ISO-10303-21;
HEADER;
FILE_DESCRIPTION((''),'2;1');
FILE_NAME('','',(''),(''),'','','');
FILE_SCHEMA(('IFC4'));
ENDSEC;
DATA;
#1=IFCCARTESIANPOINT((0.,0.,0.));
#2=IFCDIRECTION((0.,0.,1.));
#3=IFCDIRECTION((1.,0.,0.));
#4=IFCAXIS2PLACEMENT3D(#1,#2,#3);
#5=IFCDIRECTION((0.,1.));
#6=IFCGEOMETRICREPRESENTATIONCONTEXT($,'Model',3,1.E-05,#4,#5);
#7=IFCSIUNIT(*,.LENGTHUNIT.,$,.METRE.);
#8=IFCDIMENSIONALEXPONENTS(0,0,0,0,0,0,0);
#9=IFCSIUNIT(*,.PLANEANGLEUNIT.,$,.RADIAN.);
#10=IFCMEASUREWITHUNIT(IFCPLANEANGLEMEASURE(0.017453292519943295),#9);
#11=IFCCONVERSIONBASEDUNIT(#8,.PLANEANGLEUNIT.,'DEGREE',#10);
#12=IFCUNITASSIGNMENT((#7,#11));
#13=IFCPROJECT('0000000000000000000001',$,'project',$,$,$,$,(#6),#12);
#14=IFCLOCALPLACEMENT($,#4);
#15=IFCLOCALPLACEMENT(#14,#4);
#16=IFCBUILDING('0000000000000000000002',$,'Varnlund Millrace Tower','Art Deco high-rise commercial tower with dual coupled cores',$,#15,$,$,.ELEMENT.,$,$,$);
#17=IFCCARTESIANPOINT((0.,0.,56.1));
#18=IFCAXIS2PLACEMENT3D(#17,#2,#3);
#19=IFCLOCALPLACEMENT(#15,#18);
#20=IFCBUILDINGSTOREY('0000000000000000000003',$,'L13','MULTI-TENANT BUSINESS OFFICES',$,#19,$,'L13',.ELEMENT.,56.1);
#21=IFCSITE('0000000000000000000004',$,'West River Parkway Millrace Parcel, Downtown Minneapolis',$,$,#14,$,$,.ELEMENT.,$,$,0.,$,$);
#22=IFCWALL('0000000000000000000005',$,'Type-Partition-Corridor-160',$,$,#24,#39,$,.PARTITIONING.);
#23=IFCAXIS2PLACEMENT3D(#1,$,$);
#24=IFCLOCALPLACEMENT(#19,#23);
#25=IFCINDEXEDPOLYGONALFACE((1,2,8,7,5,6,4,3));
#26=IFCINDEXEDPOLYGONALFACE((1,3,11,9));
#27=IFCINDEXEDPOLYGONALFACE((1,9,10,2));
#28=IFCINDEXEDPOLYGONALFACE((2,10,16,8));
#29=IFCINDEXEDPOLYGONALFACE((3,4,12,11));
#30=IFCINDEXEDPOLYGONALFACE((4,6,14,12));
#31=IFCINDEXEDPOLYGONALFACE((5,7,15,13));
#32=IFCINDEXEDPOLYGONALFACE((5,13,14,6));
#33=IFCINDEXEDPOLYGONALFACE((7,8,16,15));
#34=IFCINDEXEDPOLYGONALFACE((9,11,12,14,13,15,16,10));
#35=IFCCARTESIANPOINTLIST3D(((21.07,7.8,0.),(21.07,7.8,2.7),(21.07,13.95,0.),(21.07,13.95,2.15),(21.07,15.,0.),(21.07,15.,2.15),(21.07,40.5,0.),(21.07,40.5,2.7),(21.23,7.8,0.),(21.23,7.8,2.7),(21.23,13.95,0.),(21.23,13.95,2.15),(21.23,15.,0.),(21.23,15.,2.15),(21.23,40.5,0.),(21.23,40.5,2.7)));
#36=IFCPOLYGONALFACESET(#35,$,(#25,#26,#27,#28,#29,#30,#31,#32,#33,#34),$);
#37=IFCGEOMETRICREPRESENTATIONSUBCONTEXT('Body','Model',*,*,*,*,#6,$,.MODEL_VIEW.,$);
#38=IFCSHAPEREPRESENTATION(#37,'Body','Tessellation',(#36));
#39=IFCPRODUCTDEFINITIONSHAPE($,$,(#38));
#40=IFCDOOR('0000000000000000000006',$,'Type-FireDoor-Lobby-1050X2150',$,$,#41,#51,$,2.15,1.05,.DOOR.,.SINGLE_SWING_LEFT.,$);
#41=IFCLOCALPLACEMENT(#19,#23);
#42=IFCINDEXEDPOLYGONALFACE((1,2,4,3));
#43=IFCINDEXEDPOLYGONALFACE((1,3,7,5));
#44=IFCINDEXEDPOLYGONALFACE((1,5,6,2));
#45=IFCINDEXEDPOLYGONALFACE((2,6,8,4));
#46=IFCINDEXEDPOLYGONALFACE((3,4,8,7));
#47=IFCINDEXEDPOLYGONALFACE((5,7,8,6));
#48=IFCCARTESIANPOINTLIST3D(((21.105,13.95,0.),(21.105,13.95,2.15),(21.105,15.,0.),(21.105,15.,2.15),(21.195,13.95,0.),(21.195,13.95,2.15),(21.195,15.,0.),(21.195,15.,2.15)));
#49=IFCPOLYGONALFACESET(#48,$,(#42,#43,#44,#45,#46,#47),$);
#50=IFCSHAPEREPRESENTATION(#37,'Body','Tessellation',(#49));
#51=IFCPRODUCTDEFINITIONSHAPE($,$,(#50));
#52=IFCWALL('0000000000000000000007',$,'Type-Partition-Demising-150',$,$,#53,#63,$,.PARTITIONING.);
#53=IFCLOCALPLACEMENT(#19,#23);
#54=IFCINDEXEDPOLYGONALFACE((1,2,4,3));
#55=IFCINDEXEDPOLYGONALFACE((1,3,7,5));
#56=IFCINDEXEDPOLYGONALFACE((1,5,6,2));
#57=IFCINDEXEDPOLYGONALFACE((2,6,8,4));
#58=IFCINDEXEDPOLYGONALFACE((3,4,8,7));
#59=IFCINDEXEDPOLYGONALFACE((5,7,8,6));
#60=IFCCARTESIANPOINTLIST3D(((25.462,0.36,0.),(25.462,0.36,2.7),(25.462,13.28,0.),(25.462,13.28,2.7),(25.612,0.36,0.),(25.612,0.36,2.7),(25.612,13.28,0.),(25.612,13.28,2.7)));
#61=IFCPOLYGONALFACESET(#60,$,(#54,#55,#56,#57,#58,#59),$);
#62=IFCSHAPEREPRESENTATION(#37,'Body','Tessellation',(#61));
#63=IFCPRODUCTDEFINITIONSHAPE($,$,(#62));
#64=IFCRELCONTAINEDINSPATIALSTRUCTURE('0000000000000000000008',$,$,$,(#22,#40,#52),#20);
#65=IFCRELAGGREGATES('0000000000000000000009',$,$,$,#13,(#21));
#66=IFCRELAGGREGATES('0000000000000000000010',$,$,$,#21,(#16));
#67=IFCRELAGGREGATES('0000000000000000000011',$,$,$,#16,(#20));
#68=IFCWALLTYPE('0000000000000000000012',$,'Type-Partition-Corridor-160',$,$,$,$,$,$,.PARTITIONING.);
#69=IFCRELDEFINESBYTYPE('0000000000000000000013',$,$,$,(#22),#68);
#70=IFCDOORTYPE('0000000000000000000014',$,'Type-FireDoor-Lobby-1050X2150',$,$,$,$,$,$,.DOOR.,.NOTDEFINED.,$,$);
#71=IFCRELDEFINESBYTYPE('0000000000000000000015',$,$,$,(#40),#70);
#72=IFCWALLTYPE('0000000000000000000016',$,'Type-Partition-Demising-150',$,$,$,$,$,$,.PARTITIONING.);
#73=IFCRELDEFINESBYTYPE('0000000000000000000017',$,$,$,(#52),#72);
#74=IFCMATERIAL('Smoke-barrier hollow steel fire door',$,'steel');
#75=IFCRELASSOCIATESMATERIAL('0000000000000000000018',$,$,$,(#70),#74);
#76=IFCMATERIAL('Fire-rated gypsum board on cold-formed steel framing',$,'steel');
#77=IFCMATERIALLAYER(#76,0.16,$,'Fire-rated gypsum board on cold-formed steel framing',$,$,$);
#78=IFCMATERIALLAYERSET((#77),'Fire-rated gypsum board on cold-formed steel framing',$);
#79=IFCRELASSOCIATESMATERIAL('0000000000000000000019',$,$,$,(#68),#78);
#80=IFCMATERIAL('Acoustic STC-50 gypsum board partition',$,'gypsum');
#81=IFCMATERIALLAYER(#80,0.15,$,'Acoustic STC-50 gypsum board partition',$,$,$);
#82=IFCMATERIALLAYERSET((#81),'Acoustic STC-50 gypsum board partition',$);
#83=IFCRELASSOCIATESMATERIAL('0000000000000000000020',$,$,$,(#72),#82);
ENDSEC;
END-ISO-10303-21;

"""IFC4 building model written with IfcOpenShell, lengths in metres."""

from ifc_helpers import new_model, entity, si_unit, converted_unit, direction, frame, origin_with_axes, origin_2d_with_axis, place, context, subcontext, project, spatial, polyline, rectangle, outline, extrude, material, layer, layer_set, type_object, element, fill, save


model = new_model("IFC4")

# Units and contexts
model_context = context("Model", 3, precision=1e-05, world=origin_with_axes(), true_north=direction((0.0, 1.0)))
body_context = subcontext(model_context, "Body", "Model", "MODEL_VIEW")
ifc_project = project(units=[si_unit("LENGTHUNIT", "METRE"), converted_unit("PLANEANGLEUNIT", "DEGREE", entity("IfcPlaneAngleMeasure", 0.017453292519943295), si_unit("PLANEANGLEUNIT", "RADIAN"), dimensions=[0, 0, 0, 0, 0, 0, 0])], contexts=[model_context])

# Site, building, storey
site_placement = place(None, origin_with_axes())
site = spatial("IfcSite", under=ifc_project, at=site_placement, Name="West River Parkway Millrace Parcel, Downtown Minneapolis", CompositionType="ELEMENT", RefElevation=0.0)
building_placement = place(site_placement, origin_with_axes())
building = spatial("IfcBuilding", under=site, at=building_placement, Name="Varnlund Millrace Tower", Description="Art Deco high-rise commercial tower with dual coupled cores", CompositionType="ELEMENT")
storey_placement = place(building_placement, frame((0.0, 0.0, 56.1), z_axis=(0.0, 0.0, 1.0), x_axis=(1.0, 0.0, 0.0)))
storey = spatial("IfcBuildingStorey", under=building, at=storey_placement, Name="L13", Description="MULTI-TENANT BUSINESS OFFICES", LongName="L13", CompositionType="ELEMENT", Elevation=56.1)

# Shared definitions
ifc_material_1 = material(Name="Smoke-barrier hollow steel fire door", Category="steel")
door_type_1 = type_object("IfcDoorType", Name="Type-FireDoor-Lobby-1050X2150", OperationType="NOTDEFINED", PredefinedType="DOOR", material=ifc_material_1)

# Wall, opening, door
ifc_material_2 = material(Name="Fire-rated gypsum board on cold-formed steel framing", Category="steel")
ifc_layer_1 = layer(ifc_material_2, 0.16, Name="Fire-rated gypsum board on cold-formed steel framing")
ifc_layer_set_1 = layer_set([ifc_layer_1], Name="Fire-rated gypsum board on cold-formed steel framing")
wall_type_1 = type_object("IfcWallType", Name="Type-Partition-Corridor-160", PredefinedType="PARTITIONING", material=ifc_layer_set_1)
wall_1_placement = place(storey_placement, frame((21.15, 7.8, 0.0), z_axis=(0.0, 0.0, 1.0), x_axis=(0.0, 1.0, 0.0)))
wall_1 = element("IfcWall", 1, at=wall_1_placement, inside=storey, type_object=wall_type_1, Name="Type-Partition-Corridor-160", PredefinedType="PARTITIONING", context=body_context, shape_type="SweptSolid", body=[
    extrude(outline(polyline([(0.0, -0.08), (32.7, -0.08), (32.7, 0.08), (0.0, 0.08), (0.0, -0.08)])), origin_with_axes(), (0.0, 0.0, 1.0), 2.7),
])
opening_1_placement = place(wall_1_placement, frame((6.675, 0.0, 0.0), z_axis=(0.0, 0.0, 1.0), x_axis=(1.0, 0.0, 0.0)))
opening_1 = element("IfcOpeningElement", 2, at=opening_1_placement, cuts=wall_1, PredefinedType="OPENING", context=body_context, shape_type="SweptSolid", body=[
    extrude(rectangle(XDim=1.05, YDim=0.18, at=origin_2d_with_axis()), origin_with_axes(), (0.0, 0.0, 1.0), 2.15),
])
door_1_placement = place(wall_1_placement, frame((6.675, 0.0, 0.0), z_axis=(0.0, 0.0, 1.0), x_axis=(1.0, 0.0, 0.0)))
door_1 = element("IfcDoor", 3, at=door_1_placement, inside=storey, type_object=door_type_1, Name="Type-FireDoor-Lobby-1050X2150", OperationType="SINGLE_SWING_LEFT", OverallHeight=2.15, OverallWidth=1.05, PredefinedType="DOOR", context=body_context, shape_type="SweptSolid", body=[
    extrude(rectangle(XDim=1.05, YDim=0.09, at=origin_2d_with_axis()), origin_with_axes(), (0.0, 0.0, 1.0), 2.15),
])
fill(opening_1, door_1)

# Wall
ifc_material_3 = material(Name="Acoustic STC-50 gypsum board partition", Category="gypsum")
ifc_layer_2 = layer(ifc_material_3, 0.15, Name="Acoustic STC-50 gypsum board partition")
ifc_layer_set_2 = layer_set([ifc_layer_2], Name="Acoustic STC-50 gypsum board partition")
wall_type_2 = type_object("IfcWallType", Name="Type-Partition-Demising-150", PredefinedType="PARTITIONING", material=ifc_layer_set_2)
wall_2_placement = place(storey_placement, frame((25.537, 0.36, 0.0), z_axis=(0.0, 0.0, 1.0), x_axis=(0.0, 1.0, 0.0)))
element("IfcWall", 4, at=wall_2_placement, inside=storey, type_object=wall_type_2, Name="Type-Partition-Demising-150", PredefinedType="PARTITIONING", context=body_context, shape_type="SweptSolid", body=[
    extrude(outline(polyline([(0.0, -0.075), (12.92, -0.075), (12.92, 0.075), (0.0, 0.075), (0.0, -0.075)])), origin_with_axes(), (0.0, 0.0, 1.0), 2.7),
])

save(model, "model.ifc")
